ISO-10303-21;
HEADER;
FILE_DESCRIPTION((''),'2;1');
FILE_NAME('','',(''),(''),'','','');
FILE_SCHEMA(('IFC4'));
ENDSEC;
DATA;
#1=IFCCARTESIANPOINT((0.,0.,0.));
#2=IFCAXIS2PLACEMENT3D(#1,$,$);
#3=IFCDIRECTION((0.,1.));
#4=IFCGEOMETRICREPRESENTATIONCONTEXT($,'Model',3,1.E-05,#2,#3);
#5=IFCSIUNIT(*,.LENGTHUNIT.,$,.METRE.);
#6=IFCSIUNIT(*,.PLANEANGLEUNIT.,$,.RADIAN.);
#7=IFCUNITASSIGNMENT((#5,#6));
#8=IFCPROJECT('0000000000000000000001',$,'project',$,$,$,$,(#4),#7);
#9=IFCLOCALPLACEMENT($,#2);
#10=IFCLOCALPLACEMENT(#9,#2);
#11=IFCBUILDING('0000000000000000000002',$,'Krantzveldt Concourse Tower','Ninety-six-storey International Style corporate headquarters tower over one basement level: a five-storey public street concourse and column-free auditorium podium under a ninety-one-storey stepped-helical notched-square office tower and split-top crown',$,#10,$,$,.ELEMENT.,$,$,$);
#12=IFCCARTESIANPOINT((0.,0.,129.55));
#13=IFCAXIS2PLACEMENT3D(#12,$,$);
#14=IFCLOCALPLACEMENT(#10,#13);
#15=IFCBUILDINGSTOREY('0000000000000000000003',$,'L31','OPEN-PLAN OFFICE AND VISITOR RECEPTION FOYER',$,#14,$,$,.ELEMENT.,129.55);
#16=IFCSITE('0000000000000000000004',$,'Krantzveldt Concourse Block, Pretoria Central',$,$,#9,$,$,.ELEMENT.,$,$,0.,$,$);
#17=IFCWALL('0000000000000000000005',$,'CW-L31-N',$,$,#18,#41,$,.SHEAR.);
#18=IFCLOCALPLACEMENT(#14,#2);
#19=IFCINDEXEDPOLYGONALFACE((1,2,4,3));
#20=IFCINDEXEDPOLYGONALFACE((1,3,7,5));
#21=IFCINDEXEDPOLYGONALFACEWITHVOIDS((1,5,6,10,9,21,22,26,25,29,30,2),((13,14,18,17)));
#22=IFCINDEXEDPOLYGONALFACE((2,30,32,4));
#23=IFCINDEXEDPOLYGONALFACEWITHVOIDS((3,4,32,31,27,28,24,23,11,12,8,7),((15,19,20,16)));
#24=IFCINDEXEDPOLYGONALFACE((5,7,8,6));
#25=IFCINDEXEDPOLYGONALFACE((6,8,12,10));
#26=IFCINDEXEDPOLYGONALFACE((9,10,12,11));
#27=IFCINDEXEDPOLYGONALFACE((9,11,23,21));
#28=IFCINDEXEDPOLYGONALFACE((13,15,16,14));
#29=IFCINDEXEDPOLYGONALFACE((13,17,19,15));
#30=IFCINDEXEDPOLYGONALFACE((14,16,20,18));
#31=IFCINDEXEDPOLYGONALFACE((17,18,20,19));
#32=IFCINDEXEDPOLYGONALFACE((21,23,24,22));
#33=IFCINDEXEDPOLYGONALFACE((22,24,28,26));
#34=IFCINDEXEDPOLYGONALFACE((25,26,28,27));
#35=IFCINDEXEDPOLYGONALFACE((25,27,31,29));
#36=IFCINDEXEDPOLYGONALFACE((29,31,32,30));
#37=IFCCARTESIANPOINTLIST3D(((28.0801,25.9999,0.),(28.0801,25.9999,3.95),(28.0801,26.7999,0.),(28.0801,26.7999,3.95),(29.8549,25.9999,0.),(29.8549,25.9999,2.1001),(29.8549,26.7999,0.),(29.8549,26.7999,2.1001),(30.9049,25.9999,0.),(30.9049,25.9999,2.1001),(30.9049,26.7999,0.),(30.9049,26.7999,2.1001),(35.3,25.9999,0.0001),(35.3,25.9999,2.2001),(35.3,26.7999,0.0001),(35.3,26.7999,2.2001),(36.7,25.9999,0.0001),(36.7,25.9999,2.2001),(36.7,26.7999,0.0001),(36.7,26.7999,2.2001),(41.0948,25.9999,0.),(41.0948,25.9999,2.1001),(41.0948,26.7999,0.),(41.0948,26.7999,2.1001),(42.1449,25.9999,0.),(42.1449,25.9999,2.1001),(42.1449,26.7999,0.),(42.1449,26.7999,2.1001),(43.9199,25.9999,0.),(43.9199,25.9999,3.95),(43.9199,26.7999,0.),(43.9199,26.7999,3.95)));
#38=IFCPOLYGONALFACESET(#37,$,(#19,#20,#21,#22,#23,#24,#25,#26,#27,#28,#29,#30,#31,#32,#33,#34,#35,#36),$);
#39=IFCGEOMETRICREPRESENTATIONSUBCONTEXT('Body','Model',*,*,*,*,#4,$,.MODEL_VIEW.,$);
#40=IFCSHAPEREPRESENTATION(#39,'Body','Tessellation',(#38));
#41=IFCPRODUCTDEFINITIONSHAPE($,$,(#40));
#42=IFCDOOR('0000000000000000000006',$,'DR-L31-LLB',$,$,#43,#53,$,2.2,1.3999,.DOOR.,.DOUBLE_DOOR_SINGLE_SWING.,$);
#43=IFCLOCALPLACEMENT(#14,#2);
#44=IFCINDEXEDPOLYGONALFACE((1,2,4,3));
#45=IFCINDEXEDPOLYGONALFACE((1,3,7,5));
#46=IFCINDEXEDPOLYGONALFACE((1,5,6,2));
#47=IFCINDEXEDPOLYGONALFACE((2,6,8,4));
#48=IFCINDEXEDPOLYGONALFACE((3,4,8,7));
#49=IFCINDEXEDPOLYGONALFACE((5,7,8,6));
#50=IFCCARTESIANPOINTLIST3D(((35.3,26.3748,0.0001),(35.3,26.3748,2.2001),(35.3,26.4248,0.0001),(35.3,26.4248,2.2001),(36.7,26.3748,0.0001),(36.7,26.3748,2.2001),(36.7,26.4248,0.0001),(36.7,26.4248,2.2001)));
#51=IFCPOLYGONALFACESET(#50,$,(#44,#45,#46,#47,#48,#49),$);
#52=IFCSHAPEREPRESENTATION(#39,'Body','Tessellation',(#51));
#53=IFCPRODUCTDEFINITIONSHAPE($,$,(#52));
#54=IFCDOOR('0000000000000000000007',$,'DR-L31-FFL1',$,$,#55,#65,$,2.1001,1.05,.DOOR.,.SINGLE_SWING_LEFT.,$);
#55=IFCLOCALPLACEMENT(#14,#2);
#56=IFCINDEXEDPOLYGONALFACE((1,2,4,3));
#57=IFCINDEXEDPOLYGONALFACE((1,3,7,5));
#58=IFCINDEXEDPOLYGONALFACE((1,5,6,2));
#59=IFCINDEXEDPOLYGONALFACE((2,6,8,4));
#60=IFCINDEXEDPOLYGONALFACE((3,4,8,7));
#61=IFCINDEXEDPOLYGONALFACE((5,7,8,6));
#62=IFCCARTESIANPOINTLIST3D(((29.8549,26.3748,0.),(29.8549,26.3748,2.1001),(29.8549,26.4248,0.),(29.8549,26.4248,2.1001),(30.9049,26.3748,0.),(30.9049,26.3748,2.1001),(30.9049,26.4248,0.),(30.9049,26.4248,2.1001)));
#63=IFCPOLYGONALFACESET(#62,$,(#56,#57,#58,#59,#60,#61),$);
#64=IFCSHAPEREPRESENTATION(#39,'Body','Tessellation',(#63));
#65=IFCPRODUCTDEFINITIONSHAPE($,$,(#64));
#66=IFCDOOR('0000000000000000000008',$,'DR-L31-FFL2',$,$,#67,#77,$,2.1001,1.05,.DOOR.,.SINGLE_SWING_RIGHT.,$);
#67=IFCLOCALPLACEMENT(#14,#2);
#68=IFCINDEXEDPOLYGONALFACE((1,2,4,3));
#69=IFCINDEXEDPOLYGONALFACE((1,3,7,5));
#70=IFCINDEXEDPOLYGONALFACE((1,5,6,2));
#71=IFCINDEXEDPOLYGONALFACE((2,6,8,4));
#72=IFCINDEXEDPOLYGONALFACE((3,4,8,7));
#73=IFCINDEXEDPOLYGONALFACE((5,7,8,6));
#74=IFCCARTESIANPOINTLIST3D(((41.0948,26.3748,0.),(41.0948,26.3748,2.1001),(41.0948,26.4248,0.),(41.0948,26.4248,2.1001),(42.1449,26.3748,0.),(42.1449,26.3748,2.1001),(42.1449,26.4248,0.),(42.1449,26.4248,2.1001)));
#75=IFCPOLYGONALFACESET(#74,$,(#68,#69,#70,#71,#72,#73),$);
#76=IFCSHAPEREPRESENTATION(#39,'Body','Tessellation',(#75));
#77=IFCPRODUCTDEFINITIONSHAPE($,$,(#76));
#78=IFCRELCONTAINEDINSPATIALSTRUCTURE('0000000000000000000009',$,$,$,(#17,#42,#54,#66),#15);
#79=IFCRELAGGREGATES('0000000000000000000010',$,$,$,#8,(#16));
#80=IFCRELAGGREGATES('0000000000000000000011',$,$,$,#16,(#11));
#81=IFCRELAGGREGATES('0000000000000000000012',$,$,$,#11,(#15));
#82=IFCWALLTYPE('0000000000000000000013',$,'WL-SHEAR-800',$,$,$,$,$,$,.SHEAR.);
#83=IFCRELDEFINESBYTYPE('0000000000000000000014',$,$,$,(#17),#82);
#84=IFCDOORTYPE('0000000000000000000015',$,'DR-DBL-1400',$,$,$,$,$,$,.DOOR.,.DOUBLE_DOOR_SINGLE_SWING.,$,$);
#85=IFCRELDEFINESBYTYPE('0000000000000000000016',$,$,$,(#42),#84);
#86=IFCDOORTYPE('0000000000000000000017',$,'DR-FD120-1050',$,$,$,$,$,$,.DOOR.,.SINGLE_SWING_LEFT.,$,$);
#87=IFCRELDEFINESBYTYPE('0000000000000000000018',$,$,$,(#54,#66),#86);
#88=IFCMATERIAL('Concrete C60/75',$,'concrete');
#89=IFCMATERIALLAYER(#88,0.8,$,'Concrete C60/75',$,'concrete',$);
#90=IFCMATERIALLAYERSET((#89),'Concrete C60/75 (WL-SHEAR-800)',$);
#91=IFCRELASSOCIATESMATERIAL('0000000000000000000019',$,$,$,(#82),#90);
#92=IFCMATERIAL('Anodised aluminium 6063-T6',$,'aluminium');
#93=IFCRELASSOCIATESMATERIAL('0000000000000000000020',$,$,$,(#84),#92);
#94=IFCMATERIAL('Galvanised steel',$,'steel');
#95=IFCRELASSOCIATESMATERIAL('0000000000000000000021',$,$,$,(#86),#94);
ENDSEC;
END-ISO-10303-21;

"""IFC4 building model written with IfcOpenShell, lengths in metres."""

from ifc_helpers import new_model, si_unit, direction, frame, frame_2d, origin, place, context, subcontext, project, spatial, rectangle, extrude, material, layer, layer_set, type_object, element, fill, save


model = new_model("IFC4")

# Units and contexts
model_context = context("Model", 3, precision=1e-05, world=origin(), true_north=direction((0.0, 1.0)))
body_context = subcontext(model_context, "Body", "Model", "MODEL_VIEW")
ifc_project = project(units=[si_unit("LENGTHUNIT", "METRE"), si_unit("PLANEANGLEUNIT", "RADIAN")], contexts=[model_context])

# Site, building, storey
site_placement = place(None, origin())
site = spatial("IfcSite", under=ifc_project, at=site_placement, Name="Krantzveldt Concourse Block, Pretoria Central", CompositionType="ELEMENT", RefElevation=0.0)
building_placement = place(site_placement, origin())
building = spatial("IfcBuilding", under=site, at=building_placement, Name="Krantzveldt Concourse Tower", Description="Ninety-six-storey International Style corporate headquarters tower over one basement level: a five-storey public street concourse and column-free auditorium podium under a ninety-one-storey stepped-helical notched-square office tower and split-top crown", CompositionType="ELEMENT")
storey_placement = place(building_placement, frame((0.0, 0.0, 129.55)))
storey = spatial("IfcBuildingStorey", under=building, at=storey_placement, Name="L31", Description="OPEN-PLAN OFFICE AND VISITOR RECEPTION FOYER", CompositionType="ELEMENT", Elevation=129.55)

# Wall, openings, doors
ifc_material_1 = material(Name="Concrete C60/75", Category="concrete")
ifc_layer_1 = layer(ifc_material_1, 0.8, Name="Concrete C60/75", Category="concrete")
ifc_layer_set_1 = layer_set([ifc_layer_1], Name="Concrete C60/75 (WL-SHEAR-800)")
wall_type_1 = type_object("IfcWallType", Name="WL-SHEAR-800", PredefinedType="SHEAR", material=ifc_layer_set_1)
wall_1_placement = place(storey_placement, frame((28.0801, 26.3999, 0.0), z_axis=(0.0, 0.0, 1.0), x_axis=(1.0, 0.0, 0.0)))
wall_1 = element("IfcWall", 1, at=wall_1_placement, inside=storey, type_object=wall_type_1, Name="CW-L31-N", PredefinedType="SHEAR", context=body_context, shape_type="SweptSolid", body=[
    extrude(rectangle(XDim=15.8398, YDim=0.8, at=frame_2d((7.9199, 0.0))), origin(), (0.0, 0.0, 1.0), 3.95),
])
opening_1_placement = place(wall_1_placement, frame((7.22, 0.0, 0.0)))
opening_1 = element("IfcOpeningElement", 2, at=opening_1_placement, cuts=wall_1, PredefinedType="OPENING", context=body_context, shape_type="SweptSolid", body=[
    extrude(rectangle(XDim=1.3999, YDim=2.2, at=frame_2d((0.7, 1.1001))), frame((0.0, 0.4102, 0.0), z_axis=(0.0, -1.0, 0.0), x_axis=(1.0, 0.0, 0.0)), (0.0, 0.0, 1.0), 0.8201),
])
opening_2_placement = place(wall_1_placement, frame((1.7749, 0.0, 0.0)))
opening_2 = element("IfcOpeningElement", 3, at=opening_2_placement, cuts=wall_1, PredefinedType="OPENING", context=body_context, shape_type="SweptSolid", body=[
    extrude(rectangle(XDim=1.05, YDim=2.1001, at=frame_2d((0.5249, 1.05))), frame((0.0, 0.4102, 0.0), z_axis=(0.0, -1.0, 0.0), x_axis=(1.0, 0.0, 0.0)), (0.0, 0.0, 1.0), 0.8201),
])
opening_3_placement = place(wall_1_placement, frame((13.0149, 0.0, 0.0)))
opening_3 = element("IfcOpeningElement", 4, at=opening_3_placement, cuts=wall_1, PredefinedType="OPENING", context=body_context, shape_type="SweptSolid", body=[
    extrude(rectangle(XDim=1.05, YDim=2.1001, at=frame_2d((0.5249, 1.05))), frame((0.0, 0.4102, 0.0), z_axis=(0.0, -1.0, 0.0), x_axis=(1.0, 0.0, 0.0)), (0.0, 0.0, 1.0), 0.8201),
])
ifc_material_2 = material(Name="Anodised aluminium 6063-T6", Category="aluminium")
door_type_1 = type_object("IfcDoorType", Name="DR-DBL-1400", OperationType="DOUBLE_DOOR_SINGLE_SWING", PredefinedType="DOOR", material=ifc_material_2)
door_1_placement = place(opening_1_placement, origin())
door_1 = element("IfcDoor", 5, at=door_1_placement, inside=storey, type_object=door_type_1, Name="DR-L31-LLB", OperationType="DOUBLE_DOOR_SINGLE_SWING", OverallHeight=2.2, OverallWidth=1.3999, PredefinedType="DOOR", context=body_context, shape_type="SweptSolid", body=[
    extrude(rectangle(XDim=1.3999, YDim=2.2, at=frame_2d((0.7, 1.1001))), frame((0.0, 0.0249, 0.0), z_axis=(0.0, -1.0, 0.0), x_axis=(1.0, 0.0, 0.0)), (0.0, 0.0, 1.0), 0.05),
])
fill(opening_1, door_1)
ifc_material_3 = material(Name="Galvanised steel", Category="steel")
door_type_2 = type_object("IfcDoorType", Name="DR-FD120-1050", OperationType="SINGLE_SWING_LEFT", PredefinedType="DOOR", material=ifc_material_3)
door_2_placement = place(opening_2_placement, origin())
door_2 = element("IfcDoor", 6, at=door_2_placement, inside=storey, type_object=door_type_2, Name="DR-L31-FFL1", OperationType="SINGLE_SWING_LEFT", OverallHeight=2.1001, OverallWidth=1.05, PredefinedType="DOOR", context=body_context, shape_type="SweptSolid", body=[
    extrude(rectangle(XDim=1.05, YDim=2.1001, at=frame_2d((0.5249, 1.05))), frame((0.0, 0.0249, 0.0), z_axis=(0.0, -1.0, 0.0), x_axis=(1.0, 0.0, 0.0)), (0.0, 0.0, 1.0), 0.05),
])
fill(opening_2, door_2)
door_3_placement = place(opening_3_placement, origin())
door_3 = element("IfcDoor", 7, at=door_3_placement, inside=storey, type_object=door_type_2, Name="DR-L31-FFL2", OperationType="SINGLE_SWING_RIGHT", OverallHeight=2.1001, OverallWidth=1.05, PredefinedType="DOOR", context=body_context, shape_type="SweptSolid", body=[
    extrude(rectangle(XDim=1.05, YDim=2.1001, at=frame_2d((0.5249, 1.05))), frame((0.0, 0.0249, 0.0), z_axis=(0.0, -1.0, 0.0), x_axis=(1.0, 0.0, 0.0)), (0.0, 0.0, 1.0), 0.05),
])
fill(opening_3, door_3)

save(model, "model.ifc")
